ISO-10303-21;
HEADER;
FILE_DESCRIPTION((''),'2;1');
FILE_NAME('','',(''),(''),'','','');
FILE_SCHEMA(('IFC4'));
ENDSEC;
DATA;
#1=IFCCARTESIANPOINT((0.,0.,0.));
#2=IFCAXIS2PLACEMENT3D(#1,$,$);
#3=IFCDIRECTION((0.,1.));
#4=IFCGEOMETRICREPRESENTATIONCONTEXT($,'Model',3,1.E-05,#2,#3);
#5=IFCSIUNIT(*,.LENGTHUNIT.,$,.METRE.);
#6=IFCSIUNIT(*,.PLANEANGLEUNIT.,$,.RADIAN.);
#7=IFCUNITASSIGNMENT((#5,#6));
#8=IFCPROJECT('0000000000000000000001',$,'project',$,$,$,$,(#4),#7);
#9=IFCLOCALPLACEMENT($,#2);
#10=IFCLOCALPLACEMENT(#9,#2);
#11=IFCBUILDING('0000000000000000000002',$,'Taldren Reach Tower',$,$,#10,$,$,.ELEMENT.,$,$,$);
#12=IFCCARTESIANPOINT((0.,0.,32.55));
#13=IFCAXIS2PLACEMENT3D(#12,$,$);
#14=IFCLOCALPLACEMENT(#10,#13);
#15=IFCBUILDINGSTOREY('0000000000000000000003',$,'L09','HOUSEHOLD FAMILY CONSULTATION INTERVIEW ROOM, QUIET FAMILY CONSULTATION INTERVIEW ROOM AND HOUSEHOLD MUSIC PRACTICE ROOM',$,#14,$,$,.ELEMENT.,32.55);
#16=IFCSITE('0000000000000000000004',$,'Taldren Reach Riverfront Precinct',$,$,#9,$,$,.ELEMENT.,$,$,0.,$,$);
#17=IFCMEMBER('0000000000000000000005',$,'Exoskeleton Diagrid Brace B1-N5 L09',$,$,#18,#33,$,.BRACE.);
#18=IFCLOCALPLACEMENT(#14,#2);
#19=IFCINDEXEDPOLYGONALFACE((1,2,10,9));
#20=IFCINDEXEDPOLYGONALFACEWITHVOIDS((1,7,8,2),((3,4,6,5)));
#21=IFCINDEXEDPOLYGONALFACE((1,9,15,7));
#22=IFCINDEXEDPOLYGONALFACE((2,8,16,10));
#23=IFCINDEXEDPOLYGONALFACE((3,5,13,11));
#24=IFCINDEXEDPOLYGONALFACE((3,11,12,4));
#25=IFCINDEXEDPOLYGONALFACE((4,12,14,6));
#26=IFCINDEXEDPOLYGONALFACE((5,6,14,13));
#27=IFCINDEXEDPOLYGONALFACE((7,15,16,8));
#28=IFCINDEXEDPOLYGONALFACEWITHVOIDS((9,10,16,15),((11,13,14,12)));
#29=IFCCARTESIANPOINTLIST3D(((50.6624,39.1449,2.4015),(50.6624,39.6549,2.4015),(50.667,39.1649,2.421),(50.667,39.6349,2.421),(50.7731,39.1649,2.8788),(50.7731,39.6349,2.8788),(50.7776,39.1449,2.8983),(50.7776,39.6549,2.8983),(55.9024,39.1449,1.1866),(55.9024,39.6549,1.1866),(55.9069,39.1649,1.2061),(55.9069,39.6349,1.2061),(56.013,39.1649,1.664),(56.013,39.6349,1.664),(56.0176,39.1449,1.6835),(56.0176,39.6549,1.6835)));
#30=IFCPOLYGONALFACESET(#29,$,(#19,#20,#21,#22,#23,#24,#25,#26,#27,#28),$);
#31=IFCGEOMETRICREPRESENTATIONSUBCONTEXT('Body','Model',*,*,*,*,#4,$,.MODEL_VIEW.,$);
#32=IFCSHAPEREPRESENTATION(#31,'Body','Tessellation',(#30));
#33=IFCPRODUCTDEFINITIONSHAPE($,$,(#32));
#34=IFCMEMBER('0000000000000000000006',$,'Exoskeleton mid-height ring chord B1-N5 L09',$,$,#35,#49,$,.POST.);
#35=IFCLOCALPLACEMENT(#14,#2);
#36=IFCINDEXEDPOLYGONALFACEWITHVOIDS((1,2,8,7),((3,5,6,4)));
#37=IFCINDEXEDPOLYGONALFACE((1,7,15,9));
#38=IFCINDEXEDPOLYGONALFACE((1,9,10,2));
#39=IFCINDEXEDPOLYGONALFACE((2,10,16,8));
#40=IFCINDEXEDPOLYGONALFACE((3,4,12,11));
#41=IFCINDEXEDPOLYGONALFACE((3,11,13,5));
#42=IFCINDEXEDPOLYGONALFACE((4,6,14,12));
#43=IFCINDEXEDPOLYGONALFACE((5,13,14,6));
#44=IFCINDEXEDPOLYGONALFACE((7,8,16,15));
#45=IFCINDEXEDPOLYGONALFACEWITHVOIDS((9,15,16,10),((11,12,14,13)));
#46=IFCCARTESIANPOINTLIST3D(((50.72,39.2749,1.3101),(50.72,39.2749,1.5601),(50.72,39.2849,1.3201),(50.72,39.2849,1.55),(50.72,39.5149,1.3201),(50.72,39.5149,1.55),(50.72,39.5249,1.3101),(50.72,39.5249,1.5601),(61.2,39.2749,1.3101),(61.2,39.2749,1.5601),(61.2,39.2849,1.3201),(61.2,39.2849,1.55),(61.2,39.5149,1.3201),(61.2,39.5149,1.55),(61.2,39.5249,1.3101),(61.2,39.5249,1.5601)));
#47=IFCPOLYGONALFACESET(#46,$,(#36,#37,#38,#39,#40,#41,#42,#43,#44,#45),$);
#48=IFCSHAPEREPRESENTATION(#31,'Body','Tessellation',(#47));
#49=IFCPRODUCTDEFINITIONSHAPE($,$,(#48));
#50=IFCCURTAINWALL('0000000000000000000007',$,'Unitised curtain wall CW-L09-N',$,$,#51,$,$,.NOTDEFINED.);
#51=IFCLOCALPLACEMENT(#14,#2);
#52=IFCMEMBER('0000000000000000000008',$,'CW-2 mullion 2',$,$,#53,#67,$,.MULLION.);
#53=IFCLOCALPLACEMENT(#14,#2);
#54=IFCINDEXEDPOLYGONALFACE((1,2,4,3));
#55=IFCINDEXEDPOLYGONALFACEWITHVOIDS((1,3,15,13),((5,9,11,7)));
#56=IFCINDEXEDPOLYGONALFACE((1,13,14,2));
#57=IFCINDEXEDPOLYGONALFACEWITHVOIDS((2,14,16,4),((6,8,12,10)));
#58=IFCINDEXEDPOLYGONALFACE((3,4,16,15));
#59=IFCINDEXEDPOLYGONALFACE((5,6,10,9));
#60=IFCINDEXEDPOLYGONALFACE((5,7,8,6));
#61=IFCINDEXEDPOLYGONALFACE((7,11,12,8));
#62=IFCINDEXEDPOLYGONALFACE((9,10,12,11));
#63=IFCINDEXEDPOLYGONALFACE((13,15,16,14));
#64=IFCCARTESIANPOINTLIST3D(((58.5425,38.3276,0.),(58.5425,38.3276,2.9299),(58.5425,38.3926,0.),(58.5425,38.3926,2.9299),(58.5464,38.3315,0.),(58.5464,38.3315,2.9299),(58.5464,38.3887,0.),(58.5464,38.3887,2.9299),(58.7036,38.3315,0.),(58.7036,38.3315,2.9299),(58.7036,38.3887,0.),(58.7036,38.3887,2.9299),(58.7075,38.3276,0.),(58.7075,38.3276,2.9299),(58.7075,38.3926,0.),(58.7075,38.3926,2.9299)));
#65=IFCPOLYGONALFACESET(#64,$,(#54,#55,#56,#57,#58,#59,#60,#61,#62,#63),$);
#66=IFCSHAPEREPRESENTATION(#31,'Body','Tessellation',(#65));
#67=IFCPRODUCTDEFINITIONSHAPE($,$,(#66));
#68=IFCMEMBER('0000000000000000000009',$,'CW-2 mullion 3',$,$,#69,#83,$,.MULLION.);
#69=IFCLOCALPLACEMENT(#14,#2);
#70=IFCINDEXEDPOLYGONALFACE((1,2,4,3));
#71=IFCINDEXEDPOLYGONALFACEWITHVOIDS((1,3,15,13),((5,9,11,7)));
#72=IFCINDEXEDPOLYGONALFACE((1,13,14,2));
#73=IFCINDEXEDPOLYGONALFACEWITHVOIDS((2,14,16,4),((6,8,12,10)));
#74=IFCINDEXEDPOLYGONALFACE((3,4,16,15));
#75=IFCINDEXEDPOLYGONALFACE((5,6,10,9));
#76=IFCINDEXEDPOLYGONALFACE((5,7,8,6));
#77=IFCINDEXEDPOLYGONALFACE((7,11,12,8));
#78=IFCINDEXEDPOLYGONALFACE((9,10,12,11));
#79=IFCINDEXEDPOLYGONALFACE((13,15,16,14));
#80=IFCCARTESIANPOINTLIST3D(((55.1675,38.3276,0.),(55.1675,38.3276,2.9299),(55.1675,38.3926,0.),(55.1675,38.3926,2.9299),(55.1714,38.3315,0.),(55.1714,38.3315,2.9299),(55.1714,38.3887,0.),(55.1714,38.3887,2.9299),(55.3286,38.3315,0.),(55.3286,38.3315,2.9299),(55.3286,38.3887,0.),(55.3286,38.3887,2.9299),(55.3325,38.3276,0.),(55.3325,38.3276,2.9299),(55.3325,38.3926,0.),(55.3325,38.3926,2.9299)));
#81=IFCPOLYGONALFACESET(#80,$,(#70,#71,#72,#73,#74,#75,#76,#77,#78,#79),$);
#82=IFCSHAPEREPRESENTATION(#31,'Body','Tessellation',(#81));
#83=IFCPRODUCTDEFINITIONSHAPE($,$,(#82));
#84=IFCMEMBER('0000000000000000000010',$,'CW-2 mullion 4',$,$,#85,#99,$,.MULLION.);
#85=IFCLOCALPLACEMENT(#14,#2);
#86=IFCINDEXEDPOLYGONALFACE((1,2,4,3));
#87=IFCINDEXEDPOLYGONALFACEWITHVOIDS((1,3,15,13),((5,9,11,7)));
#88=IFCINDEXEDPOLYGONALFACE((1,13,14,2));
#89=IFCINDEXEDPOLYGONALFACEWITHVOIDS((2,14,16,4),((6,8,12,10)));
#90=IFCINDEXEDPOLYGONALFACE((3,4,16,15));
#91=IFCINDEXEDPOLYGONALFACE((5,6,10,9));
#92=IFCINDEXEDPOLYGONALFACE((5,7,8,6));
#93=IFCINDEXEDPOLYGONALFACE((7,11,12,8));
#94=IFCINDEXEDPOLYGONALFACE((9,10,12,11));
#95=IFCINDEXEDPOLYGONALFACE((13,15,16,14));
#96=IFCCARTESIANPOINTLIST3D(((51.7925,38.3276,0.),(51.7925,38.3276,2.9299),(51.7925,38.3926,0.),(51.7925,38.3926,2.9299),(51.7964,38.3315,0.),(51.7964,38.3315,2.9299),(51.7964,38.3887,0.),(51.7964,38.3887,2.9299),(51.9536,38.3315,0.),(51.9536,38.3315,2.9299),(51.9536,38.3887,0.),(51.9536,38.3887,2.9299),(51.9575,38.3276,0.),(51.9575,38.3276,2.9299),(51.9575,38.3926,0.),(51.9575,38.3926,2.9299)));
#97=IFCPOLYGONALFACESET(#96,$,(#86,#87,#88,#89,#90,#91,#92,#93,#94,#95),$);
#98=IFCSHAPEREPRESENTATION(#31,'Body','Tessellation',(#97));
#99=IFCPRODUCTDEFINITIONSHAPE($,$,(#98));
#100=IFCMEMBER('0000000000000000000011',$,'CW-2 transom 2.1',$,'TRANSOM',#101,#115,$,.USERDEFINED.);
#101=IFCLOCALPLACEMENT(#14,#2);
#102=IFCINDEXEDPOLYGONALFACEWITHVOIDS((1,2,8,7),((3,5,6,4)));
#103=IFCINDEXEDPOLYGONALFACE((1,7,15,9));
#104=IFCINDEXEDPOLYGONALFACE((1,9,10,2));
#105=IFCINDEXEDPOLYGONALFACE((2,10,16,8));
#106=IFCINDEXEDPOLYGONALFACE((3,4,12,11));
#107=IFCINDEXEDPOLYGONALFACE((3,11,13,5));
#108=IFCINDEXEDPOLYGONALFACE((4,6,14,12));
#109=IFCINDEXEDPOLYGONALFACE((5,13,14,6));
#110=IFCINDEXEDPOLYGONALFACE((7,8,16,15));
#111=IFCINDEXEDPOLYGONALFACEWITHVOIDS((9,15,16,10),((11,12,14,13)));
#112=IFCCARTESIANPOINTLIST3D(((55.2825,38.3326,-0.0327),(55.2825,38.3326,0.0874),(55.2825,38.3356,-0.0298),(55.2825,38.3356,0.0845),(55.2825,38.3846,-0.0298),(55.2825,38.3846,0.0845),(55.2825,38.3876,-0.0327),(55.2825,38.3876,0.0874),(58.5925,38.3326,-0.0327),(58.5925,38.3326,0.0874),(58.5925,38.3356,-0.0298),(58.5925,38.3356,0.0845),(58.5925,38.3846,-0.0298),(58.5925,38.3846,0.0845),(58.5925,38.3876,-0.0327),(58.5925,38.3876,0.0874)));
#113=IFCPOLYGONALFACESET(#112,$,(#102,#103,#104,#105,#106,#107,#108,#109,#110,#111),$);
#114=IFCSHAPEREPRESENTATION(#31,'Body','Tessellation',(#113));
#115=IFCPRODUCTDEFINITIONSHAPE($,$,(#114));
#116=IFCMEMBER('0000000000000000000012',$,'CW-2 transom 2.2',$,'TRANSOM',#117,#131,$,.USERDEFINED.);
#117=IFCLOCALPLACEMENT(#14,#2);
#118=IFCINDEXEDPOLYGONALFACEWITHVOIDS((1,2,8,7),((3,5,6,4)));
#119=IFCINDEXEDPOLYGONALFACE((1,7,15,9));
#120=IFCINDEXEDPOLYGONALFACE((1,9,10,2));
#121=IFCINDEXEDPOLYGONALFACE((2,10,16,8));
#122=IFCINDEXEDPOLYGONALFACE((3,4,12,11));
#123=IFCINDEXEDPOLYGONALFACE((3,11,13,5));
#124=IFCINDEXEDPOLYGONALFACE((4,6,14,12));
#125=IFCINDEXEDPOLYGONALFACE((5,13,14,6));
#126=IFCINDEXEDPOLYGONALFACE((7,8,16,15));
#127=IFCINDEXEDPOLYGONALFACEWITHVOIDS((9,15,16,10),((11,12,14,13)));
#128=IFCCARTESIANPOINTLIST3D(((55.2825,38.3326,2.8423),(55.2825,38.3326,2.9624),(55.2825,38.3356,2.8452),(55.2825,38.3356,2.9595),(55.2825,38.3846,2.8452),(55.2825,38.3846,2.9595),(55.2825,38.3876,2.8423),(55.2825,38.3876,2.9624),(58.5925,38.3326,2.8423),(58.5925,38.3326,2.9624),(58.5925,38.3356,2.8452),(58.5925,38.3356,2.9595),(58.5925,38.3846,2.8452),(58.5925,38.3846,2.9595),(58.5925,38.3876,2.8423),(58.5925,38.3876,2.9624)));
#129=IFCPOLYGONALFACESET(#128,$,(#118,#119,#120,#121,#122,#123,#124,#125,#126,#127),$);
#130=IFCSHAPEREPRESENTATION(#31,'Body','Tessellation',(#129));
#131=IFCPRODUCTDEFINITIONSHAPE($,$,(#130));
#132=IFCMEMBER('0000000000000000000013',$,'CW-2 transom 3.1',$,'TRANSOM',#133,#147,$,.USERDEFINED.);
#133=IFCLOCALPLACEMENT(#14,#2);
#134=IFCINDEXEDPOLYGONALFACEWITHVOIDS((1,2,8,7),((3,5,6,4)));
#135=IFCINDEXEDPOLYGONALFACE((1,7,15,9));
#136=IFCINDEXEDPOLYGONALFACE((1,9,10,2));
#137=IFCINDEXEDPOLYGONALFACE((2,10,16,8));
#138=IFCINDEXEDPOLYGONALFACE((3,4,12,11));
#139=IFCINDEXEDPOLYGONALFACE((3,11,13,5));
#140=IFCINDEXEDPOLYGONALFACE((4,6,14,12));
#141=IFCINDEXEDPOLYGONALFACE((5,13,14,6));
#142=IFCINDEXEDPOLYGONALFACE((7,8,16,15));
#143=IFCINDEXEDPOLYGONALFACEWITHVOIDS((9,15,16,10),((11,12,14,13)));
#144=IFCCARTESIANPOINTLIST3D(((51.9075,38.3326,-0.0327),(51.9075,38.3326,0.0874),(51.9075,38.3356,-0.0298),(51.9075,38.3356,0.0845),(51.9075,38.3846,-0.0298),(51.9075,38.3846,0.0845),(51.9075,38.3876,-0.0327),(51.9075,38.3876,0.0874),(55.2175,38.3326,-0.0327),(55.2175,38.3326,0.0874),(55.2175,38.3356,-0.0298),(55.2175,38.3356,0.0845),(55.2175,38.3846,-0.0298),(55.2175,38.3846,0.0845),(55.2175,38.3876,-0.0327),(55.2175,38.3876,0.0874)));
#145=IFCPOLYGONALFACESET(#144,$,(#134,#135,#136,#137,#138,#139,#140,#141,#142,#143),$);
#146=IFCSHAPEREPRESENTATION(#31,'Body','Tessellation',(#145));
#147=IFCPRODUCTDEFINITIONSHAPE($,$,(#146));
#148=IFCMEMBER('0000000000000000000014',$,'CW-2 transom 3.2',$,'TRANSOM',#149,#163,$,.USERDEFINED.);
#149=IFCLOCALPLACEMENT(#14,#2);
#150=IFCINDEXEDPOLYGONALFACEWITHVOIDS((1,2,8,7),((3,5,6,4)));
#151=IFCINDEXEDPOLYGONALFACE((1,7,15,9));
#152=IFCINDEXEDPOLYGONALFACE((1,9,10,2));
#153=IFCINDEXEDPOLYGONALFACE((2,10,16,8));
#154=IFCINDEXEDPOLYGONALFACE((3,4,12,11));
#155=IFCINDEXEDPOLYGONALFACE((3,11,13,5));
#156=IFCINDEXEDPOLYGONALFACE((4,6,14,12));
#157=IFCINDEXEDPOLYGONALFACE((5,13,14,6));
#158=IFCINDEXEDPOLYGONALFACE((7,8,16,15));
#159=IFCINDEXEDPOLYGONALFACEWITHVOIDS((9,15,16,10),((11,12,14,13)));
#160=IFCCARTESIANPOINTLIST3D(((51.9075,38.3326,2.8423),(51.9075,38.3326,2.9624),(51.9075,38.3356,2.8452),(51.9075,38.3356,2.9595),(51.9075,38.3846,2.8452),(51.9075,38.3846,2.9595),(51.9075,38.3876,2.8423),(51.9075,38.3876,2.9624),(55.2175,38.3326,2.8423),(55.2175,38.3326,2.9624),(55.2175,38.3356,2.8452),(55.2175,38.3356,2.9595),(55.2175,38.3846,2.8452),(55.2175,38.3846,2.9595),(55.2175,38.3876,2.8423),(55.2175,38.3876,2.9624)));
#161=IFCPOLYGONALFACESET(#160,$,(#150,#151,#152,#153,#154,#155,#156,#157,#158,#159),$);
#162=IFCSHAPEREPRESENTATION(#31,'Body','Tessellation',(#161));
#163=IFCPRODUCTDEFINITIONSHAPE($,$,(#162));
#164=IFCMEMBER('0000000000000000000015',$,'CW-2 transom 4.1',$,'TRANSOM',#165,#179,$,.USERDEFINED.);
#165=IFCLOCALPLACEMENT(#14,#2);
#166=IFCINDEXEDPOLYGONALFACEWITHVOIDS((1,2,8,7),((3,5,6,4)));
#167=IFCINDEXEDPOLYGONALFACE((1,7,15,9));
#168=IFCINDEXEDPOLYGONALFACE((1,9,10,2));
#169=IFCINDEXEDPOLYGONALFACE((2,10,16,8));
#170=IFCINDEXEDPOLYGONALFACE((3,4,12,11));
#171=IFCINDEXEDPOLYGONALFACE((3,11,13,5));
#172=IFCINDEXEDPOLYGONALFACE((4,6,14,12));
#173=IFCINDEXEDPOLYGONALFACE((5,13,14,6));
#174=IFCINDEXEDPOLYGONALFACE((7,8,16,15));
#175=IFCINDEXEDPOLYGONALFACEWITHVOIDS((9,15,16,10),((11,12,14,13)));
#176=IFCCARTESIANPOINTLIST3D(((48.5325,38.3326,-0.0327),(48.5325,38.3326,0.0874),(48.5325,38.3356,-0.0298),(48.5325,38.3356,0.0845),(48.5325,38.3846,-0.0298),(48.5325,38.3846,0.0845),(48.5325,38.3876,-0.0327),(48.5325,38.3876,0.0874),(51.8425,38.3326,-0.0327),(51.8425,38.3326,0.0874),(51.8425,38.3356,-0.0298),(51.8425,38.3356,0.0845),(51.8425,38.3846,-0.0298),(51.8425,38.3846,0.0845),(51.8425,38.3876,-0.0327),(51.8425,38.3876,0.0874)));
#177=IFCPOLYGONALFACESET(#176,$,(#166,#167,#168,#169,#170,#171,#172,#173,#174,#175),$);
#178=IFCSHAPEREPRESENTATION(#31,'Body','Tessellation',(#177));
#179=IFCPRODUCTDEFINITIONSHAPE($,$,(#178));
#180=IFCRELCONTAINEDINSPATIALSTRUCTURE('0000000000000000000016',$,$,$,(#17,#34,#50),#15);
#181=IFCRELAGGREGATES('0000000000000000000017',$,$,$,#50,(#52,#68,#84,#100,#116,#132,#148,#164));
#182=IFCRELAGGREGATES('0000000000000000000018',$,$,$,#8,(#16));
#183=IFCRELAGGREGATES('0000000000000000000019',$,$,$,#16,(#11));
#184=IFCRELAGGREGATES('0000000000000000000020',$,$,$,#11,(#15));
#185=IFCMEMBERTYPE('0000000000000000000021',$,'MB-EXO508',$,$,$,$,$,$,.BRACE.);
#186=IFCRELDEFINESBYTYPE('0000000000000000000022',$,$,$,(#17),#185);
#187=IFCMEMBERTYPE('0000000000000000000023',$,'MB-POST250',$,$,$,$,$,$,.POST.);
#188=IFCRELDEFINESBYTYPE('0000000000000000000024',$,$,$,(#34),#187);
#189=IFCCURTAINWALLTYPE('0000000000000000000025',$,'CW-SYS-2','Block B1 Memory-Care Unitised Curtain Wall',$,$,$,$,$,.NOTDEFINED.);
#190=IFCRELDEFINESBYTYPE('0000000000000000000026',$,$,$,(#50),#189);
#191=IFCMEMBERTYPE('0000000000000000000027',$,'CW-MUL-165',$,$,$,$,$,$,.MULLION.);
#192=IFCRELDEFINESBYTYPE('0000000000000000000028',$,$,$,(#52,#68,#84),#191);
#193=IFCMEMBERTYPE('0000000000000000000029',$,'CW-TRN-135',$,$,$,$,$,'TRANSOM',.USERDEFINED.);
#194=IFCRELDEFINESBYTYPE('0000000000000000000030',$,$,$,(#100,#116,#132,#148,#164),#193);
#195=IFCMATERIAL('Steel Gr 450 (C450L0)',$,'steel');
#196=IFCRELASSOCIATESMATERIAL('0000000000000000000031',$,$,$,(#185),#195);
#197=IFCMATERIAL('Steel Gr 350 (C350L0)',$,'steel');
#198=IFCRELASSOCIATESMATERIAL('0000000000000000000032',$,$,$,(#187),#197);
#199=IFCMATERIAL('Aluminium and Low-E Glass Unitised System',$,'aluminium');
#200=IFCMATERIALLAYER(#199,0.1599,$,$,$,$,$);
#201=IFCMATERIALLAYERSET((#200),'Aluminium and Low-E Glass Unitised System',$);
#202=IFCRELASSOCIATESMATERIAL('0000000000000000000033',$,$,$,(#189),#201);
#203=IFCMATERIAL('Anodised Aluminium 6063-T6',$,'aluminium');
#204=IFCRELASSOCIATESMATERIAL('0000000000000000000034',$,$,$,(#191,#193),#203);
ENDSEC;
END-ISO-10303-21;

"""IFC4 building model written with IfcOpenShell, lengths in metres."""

from ifc_helpers import new_model, si_unit, direction, frame, origin, origin_2d, place, context, subcontext, project, spatial, hollow_rectangle, extrude, source, transform, mapped, material, layer, layer_set, material_profile, profile_set, type_object, element, aggregate, save


model = new_model("IFC4")

# Units and contexts
model_context = context("Model", 3, precision=1e-05, world=origin(), true_north=direction((0.0, 1.0)))
body_context = subcontext(model_context, "Body", "Model", "MODEL_VIEW")
ifc_project = project(units=[si_unit("LENGTHUNIT", "METRE"), si_unit("PLANEANGLEUNIT", "RADIAN")], contexts=[model_context])

# Site, building, storey
site_placement = place(None, origin())
site = spatial("IfcSite", under=ifc_project, at=site_placement, Name="Taldren Reach Riverfront Precinct", CompositionType="ELEMENT", RefElevation=0.0)
building_placement = place(site_placement, origin())
building = spatial("IfcBuilding", under=site, at=building_placement, Name="Taldren Reach Tower", CompositionType="ELEMENT")
storey_placement = place(building_placement, frame((0.0, 0.0, 32.55)))
storey = spatial("IfcBuildingStorey", under=building, at=storey_placement, Name="L09", Description="HOUSEHOLD FAMILY CONSULTATION INTERVIEW ROOM, QUIET FAMILY CONSULTATION INTERVIEW ROOM AND HOUSEHOLD MUSIC PRACTICE ROOM", CompositionType="ELEMENT", Elevation=32.55)

# Members
ifc_material_1 = material(Name="Steel Gr 450 (C450L0)", Category="steel")
ifc_material_profile_1 = material_profile(ifc_material_1, hollow_rectangle(XDim=0.51, YDim=0.51, WallThickness=0.02, at=origin_2d()), Name="510x510x20.0SHS")
ifc_profile_set_1 = profile_set([ifc_material_profile_1], Name="Steel Gr 450 (C450L0)")
member_type_1 = type_object("IfcMemberType", Name="MB-EXO508", PredefinedType="BRACE", material=ifc_profile_set_1)
shared_shape_1 = source(origin(), body_context, "Body", "SweptSolid", [
    extrude(hollow_rectangle(XDim=0.51, YDim=0.51, WallThickness=0.02, at=origin_2d()), origin(), (0.0, 0.0, 1.0), 5.3789),
])
member_1_placement = place(storey_placement, frame((55.96, 39.3999, 1.4351), z_axis=(-0.974162, 0.0, 0.225851), x_axis=(0.0, -1.0, 0.0)))
element("IfcMember", 1, at=member_1_placement, inside=storey, type_object=member_type_1, Name="Exoskeleton Diagrid Brace B1-N5 L09", PredefinedType="BRACE", context=body_context, shape_type="MappedRepresentation", body=[
    mapped(shared_shape_1, transform((0.0, 0.0, 0.0), scale=1.0)),
])
ifc_material_2 = material(Name="Steel Gr 350 (C350L0)", Category="steel")
ifc_material_profile_2 = material_profile(ifc_material_2, hollow_rectangle(XDim=0.25, YDim=0.25, WallThickness=0.01, at=origin_2d()), Name="250x250x10.0SHS")
ifc_profile_set_2 = profile_set([ifc_material_profile_2], Name="Steel Gr 350 (C350L0)")
member_type_2 = type_object("IfcMemberType", Name="MB-POST250", PredefinedType="POST", material=ifc_profile_set_2)
shared_shape_2 = source(origin(), body_context, "Body", "SweptSolid", [
    extrude(hollow_rectangle(XDim=0.25, YDim=0.25, WallThickness=0.01, at=origin_2d()), origin(), (0.0, 0.0, 1.0), 10.48),
])
member_2_placement = place(storey_placement, frame((50.72, 39.3999, 1.4351), z_axis=(1.0, 0.0, 0.0), x_axis=(0.0, 1.0, 0.0)))
element("IfcMember", 2, at=member_2_placement, inside=storey, type_object=member_type_2, Name="Exoskeleton mid-height ring chord B1-N5 L09", PredefinedType="POST", context=body_context, shape_type="MappedRepresentation", body=[
    mapped(shared_shape_2, transform((0.0, 0.0, 0.0), scale=1.0)),
])

# Curtain wall, members
ifc_material_3 = material(Name="Aluminium and Low-E Glass Unitised System", Category="aluminium")
ifc_layer_1 = layer(ifc_material_3, 0.1599)
ifc_layer_set_1 = layer_set([ifc_layer_1], Name="Aluminium and Low-E Glass Unitised System")
curtain_wall_type = type_object("IfcCurtainWallType", Name="CW-SYS-2", Description="Block B1 Memory-Care Unitised Curtain Wall", PredefinedType="NOTDEFINED", material=ifc_layer_set_1)
curtain_wall_placement = place(storey_placement, origin())
curtain_wall = element("IfcCurtainWall", 3, at=curtain_wall_placement, inside=storey, type_object=curtain_wall_type, Name="Unitised curtain wall CW-L09-N", PredefinedType="NOTDEFINED")
ifc_material_4 = material(Name="Anodised Aluminium 6063-T6", Category="aluminium")
ifc_material_profile_3 = material_profile(ifc_material_4, hollow_rectangle(XDim=0.0649, YDim=0.165, WallThickness=0.0039, at=origin_2d()), Name="ALU-165x65x4RHS")
ifc_profile_set_3 = profile_set([ifc_material_profile_3], Name="Anodised Aluminium 6063-T6")
member_type_3 = type_object("IfcMemberType", Name="CW-MUL-165", PredefinedType="MULLION", material=ifc_profile_set_3)
shared_shape_3 = source(origin(), body_context, "Body", "SweptSolid", [
    extrude(hollow_rectangle(XDim=0.0649, YDim=0.165, WallThickness=0.0039, at=origin_2d()), origin(), (0.0, 0.0, 1.0), 2.9299),
])
member_3_placement = place(storey_placement, frame((58.625, 38.3601, 0.0), z_axis=(0.0, 0.0, 1.0), x_axis=(0.0, -1.0, 0.0)))
member_3 = element("IfcMember", 4, at=member_3_placement, type_object=member_type_3, Name="CW-2 mullion 2", PredefinedType="MULLION", context=body_context, shape_type="MappedRepresentation", body=[
    mapped(shared_shape_3, transform((0.0, 0.0, 0.0), scale=1.0)),
])
member_4_placement = place(storey_placement, frame((55.25, 38.3601, 0.0), z_axis=(0.0, 0.0, 1.0), x_axis=(0.0, -1.0, 0.0)))
member_4 = element("IfcMember", 5, at=member_4_placement, type_object=member_type_3, Name="CW-2 mullion 3", PredefinedType="MULLION", context=body_context, shape_type="MappedRepresentation", body=[
    mapped(shared_shape_3, transform((0.0, 0.0, 0.0), scale=1.0)),
])
member_5_placement = place(storey_placement, frame((51.875, 38.3601, 0.0), z_axis=(0.0, 0.0, 1.0), x_axis=(0.0, -1.0, 0.0)))
member_5 = element("IfcMember", 6, at=member_5_placement, type_object=member_type_3, Name="CW-2 mullion 4", PredefinedType="MULLION", context=body_context, shape_type="MappedRepresentation", body=[
    mapped(shared_shape_3, transform((0.0, 0.0, 0.0), scale=1.0)),
])
ifc_material_profile_4 = material_profile(ifc_material_4, hollow_rectangle(XDim=0.0549, YDim=0.1201, WallThickness=0.0029, at=origin_2d()), Name="ALU-120x55x3RHS")
ifc_profile_set_4 = profile_set([ifc_material_profile_4], Name="Anodised Aluminium 6063-T6")
member_type_4 = type_object("IfcMemberType", Name="CW-TRN-135", ElementType="TRANSOM", PredefinedType="USERDEFINED", material=ifc_profile_set_4)
shared_shape_4 = source(origin(), body_context, "Body", "SweptSolid", [
    extrude(hollow_rectangle(XDim=0.0549, YDim=0.1201, WallThickness=0.0029, at=origin_2d()), origin(), (0.0, 0.0, 1.0), 3.3101),
])
member_6_placement = place(storey_placement, frame((58.5925, 38.3601, 0.0273), z_axis=(-1.0, 0.0, 0.0), x_axis=(0.0, -1.0, 0.0)))
member_6 = element("IfcMember", 7, at=member_6_placement, type_object=member_type_4, Name="CW-2 transom 2.1", ObjectType="TRANSOM", PredefinedType="USERDEFINED", context=body_context, shape_type="MappedRepresentation", body=[
    mapped(shared_shape_4, transform((0.0, 0.0, 0.0), scale=1.0)),
])
member_7_placement = place(storey_placement, frame((58.5925, 38.3601, 2.9023), z_axis=(-1.0, 0.0, 0.0), x_axis=(0.0, -1.0, 0.0)))
member_7 = element("IfcMember", 8, at=member_7_placement, type_object=member_type_4, Name="CW-2 transom 2.2", ObjectType="TRANSOM", PredefinedType="USERDEFINED", context=body_context, shape_type="MappedRepresentation", body=[
    mapped(shared_shape_4, transform((0.0, 0.0, 0.0), scale=1.0)),
])
member_8_placement = place(storey_placement, frame((55.2175, 38.3601, 0.0273), z_axis=(-1.0, 0.0, 0.0), x_axis=(0.0, -1.0, 0.0)))
member_8 = element("IfcMember", 9, at=member_8_placement, type_object=member_type_4, Name="CW-2 transom 3.1", ObjectType="TRANSOM", PredefinedType="USERDEFINED", context=body_context, shape_type="MappedRepresentation", body=[
    mapped(shared_shape_4, transform((0.0, 0.0, 0.0), scale=1.0)),
])
member_9_placement = place(storey_placement, frame((55.2175, 38.3601, 2.9023), z_axis=(-1.0, 0.0, 0.0), x_axis=(0.0, -1.0, 0.0)))
member_9 = element("IfcMember", 10, at=member_9_placement, type_object=member_type_4, Name="CW-2 transom 3.2", ObjectType="TRANSOM", PredefinedType="USERDEFINED", context=body_context, shape_type="MappedRepresentation", body=[
    mapped(shared_shape_4, transform((0.0, 0.0, 0.0), scale=1.0)),
])
member_10_placement = place(storey_placement, frame((51.8425, 38.3601, 0.0273), z_axis=(-1.0, 0.0, 0.0), x_axis=(0.0, -1.0, 0.0)))
member_10 = element("IfcMember", 11, at=member_10_placement, type_object=member_type_4, Name="CW-2 transom 4.1", ObjectType="TRANSOM", PredefinedType="USERDEFINED", context=body_context, shape_type="MappedRepresentation", body=[
    mapped(shared_shape_4, transform((0.0, 0.0, 0.0), scale=1.0)),
])

aggregate(curtain_wall, [member_3, member_4, member_5, member_6, member_7, member_8, member_9, member_10])

save(model, "model.ifc")
